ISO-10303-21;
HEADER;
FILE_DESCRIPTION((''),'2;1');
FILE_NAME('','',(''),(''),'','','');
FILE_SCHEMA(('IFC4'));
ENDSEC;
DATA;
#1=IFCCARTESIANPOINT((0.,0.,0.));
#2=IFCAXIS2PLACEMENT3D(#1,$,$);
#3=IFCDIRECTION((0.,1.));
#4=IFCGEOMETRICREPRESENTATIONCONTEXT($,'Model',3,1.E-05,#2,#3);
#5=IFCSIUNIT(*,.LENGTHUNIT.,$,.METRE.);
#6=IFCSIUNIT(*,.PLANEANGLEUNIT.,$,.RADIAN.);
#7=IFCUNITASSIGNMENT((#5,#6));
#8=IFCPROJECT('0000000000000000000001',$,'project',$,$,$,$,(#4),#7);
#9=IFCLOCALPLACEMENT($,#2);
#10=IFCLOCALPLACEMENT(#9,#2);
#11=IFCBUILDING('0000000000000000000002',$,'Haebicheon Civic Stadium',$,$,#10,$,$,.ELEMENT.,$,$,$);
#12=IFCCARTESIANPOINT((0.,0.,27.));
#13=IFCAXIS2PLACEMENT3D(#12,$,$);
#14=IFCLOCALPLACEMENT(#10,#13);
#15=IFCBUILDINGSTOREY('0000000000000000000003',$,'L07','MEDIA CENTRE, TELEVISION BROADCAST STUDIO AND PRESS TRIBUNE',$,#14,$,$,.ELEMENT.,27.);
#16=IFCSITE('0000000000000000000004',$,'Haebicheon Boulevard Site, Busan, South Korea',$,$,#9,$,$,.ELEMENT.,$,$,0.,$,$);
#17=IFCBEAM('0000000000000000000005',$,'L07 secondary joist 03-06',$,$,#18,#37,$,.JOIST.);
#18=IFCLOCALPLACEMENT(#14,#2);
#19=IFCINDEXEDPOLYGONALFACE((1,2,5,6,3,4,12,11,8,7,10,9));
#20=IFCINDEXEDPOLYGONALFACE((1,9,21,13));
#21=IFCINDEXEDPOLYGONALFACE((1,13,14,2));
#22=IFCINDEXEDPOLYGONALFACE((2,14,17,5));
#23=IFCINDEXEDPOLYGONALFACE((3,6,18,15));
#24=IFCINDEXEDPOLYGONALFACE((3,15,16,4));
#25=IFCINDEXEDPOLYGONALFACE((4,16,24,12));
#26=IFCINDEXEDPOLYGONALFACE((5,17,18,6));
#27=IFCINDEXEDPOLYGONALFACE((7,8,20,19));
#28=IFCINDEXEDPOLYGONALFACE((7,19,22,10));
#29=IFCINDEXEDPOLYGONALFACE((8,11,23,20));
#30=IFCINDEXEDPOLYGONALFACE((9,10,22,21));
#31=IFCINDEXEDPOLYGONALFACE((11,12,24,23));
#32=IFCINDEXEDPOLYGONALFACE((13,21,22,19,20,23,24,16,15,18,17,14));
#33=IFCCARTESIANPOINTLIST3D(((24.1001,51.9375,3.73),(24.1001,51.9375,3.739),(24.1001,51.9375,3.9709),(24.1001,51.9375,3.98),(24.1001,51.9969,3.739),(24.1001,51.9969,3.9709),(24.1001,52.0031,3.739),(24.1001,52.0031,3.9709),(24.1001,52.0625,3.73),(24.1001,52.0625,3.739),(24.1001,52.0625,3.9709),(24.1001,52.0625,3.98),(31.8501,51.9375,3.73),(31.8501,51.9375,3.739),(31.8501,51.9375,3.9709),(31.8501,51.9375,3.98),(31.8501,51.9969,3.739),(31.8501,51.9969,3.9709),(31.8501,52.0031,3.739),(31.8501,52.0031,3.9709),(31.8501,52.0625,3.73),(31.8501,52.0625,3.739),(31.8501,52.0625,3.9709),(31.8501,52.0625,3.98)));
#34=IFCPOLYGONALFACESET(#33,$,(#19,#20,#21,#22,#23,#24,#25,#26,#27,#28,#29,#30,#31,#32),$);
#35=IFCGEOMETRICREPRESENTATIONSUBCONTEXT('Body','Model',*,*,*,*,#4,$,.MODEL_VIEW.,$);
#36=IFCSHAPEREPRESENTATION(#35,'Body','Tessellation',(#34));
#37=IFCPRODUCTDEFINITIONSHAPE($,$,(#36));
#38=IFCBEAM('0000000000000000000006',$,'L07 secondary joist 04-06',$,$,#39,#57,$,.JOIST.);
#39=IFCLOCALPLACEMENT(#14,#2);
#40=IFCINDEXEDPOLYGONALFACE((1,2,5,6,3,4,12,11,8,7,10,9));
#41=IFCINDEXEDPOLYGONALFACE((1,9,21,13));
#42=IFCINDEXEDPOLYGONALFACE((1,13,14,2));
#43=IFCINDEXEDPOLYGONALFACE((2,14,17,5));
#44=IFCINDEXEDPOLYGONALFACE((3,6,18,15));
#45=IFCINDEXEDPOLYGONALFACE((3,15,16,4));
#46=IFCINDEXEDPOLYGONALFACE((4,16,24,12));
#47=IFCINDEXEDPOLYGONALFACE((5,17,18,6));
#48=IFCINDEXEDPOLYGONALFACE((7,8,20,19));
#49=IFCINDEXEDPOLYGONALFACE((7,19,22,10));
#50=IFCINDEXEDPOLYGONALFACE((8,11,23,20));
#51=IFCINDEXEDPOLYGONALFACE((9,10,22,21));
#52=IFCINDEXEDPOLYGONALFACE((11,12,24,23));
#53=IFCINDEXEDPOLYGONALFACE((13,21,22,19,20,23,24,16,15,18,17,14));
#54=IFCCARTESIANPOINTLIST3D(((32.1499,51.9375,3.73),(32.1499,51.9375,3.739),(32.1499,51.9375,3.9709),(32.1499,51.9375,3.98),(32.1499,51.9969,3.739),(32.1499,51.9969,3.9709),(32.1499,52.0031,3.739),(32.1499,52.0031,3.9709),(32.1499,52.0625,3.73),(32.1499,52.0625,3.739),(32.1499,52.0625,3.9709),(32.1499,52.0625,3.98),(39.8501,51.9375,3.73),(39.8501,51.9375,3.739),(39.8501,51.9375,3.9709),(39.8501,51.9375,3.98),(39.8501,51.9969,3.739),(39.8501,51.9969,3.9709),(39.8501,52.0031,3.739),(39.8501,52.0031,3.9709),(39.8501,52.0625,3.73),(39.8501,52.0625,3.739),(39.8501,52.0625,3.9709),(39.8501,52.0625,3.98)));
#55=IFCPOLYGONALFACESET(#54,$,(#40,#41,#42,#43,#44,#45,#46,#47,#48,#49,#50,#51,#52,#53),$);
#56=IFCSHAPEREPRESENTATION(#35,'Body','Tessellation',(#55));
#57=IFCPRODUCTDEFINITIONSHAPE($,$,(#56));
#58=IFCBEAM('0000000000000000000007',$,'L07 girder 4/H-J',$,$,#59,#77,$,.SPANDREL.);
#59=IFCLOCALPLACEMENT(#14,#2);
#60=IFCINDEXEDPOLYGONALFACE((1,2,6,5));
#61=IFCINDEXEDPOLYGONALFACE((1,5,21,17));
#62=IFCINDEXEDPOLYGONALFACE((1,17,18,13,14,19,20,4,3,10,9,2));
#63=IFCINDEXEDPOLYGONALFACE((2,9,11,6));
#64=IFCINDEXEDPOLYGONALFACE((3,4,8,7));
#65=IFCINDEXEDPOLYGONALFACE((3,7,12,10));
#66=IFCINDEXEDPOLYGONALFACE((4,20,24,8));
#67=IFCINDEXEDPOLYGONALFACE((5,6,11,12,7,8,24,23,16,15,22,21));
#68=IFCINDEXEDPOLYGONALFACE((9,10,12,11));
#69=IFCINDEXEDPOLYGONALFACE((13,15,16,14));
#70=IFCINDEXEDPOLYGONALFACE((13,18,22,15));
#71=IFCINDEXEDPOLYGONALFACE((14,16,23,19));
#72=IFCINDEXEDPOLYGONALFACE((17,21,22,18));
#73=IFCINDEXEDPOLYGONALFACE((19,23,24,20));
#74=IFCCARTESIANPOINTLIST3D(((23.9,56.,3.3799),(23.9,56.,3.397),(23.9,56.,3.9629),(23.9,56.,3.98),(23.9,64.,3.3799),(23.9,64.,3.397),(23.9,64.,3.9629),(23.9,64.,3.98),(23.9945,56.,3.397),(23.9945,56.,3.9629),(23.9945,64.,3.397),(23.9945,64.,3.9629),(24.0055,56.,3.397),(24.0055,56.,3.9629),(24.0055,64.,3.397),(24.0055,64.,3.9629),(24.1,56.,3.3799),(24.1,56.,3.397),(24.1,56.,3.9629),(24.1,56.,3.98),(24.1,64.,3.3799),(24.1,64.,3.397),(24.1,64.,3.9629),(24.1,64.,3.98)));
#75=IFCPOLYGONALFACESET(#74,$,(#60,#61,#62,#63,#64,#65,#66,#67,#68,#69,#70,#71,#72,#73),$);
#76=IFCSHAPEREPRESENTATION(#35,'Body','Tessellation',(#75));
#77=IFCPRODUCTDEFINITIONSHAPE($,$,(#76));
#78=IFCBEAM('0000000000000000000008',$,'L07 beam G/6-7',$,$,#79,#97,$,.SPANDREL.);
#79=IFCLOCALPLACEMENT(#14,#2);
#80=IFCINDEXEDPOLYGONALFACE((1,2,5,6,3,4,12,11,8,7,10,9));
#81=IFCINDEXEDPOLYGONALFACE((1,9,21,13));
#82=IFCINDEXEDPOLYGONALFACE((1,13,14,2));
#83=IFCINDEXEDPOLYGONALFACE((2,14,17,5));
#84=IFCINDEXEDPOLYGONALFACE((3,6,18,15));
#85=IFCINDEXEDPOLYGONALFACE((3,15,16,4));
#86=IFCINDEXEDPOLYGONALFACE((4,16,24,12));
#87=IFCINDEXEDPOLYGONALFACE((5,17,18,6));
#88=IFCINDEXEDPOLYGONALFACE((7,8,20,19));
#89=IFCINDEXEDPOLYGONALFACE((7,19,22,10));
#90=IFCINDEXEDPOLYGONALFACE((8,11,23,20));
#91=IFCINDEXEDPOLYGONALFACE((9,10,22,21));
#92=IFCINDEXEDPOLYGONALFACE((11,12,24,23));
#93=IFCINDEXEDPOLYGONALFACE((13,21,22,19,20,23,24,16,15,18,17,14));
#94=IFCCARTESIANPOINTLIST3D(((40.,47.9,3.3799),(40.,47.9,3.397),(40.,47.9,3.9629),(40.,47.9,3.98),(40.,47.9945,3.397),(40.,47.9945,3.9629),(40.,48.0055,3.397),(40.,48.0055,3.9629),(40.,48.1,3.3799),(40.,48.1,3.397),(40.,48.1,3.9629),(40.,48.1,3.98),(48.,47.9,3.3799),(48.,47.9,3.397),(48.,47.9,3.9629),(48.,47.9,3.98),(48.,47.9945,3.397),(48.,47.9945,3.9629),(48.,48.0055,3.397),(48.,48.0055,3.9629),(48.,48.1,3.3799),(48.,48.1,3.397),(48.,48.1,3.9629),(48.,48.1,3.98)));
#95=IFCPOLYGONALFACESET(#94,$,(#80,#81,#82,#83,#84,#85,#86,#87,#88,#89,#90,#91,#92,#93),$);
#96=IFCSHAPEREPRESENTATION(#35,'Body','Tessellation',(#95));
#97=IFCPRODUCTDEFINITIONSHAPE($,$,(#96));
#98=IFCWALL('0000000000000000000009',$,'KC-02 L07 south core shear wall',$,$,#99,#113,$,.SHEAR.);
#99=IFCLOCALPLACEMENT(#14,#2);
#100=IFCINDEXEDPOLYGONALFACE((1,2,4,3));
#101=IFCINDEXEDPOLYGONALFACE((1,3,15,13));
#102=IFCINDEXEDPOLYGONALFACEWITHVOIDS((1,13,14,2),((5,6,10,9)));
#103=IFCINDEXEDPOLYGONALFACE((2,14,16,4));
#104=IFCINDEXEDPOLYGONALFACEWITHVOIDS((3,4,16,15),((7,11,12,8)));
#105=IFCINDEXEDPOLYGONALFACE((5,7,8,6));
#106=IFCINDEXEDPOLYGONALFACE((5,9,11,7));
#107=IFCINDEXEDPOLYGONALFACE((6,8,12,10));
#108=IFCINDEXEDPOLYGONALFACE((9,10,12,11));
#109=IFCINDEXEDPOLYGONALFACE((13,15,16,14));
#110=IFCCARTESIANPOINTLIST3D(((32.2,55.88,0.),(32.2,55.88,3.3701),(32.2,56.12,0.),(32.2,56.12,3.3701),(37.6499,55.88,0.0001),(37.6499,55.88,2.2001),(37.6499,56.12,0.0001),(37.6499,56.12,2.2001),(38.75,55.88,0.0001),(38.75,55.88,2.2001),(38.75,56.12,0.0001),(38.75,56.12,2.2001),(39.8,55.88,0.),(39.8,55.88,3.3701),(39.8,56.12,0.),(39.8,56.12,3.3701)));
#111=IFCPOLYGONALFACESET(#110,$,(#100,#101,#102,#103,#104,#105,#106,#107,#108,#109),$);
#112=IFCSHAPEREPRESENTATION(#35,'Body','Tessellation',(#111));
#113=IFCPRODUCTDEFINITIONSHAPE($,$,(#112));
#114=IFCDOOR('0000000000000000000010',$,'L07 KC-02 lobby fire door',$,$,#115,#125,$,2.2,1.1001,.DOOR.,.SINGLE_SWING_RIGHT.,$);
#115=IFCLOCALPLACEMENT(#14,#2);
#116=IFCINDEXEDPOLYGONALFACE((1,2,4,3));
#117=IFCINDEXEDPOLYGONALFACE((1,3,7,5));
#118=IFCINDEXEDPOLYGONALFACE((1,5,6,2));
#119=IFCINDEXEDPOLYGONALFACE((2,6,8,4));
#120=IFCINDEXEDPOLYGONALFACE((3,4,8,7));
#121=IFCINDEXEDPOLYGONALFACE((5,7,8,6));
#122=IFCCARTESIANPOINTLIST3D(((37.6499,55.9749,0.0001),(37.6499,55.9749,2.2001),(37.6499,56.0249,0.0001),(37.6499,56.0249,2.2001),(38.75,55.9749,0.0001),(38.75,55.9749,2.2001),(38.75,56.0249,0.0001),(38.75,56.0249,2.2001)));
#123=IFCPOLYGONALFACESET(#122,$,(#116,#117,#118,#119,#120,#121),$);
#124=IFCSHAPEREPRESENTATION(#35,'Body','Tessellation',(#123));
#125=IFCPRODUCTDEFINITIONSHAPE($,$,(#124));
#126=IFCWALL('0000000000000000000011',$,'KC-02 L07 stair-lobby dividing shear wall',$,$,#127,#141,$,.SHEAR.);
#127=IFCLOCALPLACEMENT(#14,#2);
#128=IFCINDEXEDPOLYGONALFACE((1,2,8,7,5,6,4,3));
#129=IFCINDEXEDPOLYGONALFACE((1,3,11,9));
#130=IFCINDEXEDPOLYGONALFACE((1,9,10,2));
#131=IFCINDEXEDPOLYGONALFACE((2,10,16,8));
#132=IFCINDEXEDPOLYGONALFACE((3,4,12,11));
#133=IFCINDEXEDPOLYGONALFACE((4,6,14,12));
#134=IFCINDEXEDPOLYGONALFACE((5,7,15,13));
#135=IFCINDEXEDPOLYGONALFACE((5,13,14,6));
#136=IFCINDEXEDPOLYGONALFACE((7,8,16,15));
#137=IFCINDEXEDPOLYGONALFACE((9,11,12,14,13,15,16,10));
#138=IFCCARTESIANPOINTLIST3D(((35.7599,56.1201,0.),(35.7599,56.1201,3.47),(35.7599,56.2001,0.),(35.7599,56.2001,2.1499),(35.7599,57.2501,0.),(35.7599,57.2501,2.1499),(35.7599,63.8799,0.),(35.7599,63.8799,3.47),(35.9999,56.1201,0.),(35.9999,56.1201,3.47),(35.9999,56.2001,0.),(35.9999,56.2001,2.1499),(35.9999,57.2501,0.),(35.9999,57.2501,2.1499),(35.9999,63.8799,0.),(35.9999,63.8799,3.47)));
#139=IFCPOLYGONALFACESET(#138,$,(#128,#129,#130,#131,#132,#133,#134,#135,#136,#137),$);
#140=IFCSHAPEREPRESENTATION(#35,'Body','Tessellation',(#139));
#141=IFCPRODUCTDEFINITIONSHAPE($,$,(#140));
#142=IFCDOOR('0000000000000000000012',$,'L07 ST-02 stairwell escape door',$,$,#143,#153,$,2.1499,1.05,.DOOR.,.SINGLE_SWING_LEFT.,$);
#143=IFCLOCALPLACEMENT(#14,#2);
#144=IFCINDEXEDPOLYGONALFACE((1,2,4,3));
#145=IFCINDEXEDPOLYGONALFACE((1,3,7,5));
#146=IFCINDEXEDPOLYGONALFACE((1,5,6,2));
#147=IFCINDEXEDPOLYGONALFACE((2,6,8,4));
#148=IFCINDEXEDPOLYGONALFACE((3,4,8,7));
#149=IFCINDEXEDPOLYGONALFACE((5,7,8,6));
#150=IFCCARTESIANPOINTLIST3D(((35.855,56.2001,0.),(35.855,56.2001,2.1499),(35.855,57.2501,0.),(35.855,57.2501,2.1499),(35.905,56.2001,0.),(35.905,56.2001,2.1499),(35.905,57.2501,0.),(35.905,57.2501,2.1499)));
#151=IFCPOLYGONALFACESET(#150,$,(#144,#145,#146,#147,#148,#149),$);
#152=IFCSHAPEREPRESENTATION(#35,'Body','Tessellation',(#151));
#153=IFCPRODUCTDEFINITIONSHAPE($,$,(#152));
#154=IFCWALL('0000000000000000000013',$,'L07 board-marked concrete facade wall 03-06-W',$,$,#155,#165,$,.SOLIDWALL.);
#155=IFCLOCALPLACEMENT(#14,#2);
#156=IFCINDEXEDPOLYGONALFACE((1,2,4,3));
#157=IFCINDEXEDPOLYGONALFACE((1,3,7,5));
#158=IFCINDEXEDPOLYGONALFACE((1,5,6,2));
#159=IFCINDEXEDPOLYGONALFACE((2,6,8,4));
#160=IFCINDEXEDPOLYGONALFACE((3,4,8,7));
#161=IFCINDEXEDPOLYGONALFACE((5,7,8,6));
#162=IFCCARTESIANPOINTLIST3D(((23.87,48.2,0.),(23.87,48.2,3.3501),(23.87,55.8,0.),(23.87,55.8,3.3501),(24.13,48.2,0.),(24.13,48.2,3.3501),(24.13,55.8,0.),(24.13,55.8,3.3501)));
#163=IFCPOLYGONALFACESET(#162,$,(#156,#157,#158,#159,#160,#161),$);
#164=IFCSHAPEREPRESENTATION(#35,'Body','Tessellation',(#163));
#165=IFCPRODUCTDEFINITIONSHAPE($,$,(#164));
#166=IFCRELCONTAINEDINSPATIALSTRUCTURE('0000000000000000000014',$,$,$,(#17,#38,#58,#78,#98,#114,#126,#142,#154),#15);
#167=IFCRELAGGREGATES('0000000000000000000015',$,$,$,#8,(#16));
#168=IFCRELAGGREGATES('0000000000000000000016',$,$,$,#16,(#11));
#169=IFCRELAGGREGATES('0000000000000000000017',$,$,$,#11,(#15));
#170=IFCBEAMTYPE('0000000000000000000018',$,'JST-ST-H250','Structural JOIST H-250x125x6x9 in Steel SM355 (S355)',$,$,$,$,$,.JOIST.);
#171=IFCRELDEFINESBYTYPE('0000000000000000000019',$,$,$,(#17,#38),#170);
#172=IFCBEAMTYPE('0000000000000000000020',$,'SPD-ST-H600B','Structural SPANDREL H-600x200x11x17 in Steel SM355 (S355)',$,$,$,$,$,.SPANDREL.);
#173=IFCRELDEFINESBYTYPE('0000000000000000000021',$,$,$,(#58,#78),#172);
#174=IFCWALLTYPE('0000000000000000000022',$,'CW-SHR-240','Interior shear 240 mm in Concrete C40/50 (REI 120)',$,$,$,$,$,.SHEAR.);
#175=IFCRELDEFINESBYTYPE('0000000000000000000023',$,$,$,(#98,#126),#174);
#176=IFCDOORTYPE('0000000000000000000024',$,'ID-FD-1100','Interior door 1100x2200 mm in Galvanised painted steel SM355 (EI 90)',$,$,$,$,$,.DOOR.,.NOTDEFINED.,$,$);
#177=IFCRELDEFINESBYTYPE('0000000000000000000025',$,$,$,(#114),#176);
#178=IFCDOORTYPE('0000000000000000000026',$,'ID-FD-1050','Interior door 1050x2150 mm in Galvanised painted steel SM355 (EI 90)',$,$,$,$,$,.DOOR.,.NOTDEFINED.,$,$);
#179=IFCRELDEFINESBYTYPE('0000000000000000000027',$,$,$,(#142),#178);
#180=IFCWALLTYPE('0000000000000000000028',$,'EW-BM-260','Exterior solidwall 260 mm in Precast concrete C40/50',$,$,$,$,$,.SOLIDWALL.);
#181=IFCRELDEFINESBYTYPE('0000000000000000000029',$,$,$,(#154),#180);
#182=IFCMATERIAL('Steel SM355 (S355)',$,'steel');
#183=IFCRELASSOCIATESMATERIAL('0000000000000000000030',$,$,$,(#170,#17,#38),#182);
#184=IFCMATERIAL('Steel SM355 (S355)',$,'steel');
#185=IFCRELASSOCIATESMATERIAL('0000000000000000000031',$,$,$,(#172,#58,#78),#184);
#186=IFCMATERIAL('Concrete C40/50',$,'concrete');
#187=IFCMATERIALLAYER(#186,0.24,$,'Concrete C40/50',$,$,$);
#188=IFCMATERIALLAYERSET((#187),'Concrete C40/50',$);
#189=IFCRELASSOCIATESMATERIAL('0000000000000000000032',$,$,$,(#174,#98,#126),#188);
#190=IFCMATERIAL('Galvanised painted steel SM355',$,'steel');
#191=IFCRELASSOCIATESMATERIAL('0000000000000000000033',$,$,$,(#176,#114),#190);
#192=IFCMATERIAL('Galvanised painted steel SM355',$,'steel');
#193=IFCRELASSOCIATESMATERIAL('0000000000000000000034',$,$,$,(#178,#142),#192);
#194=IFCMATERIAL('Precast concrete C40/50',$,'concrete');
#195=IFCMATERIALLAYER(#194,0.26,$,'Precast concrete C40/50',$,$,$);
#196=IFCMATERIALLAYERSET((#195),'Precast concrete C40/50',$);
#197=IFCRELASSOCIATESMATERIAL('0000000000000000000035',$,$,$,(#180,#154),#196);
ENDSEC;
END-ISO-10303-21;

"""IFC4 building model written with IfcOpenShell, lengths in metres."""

from ifc_helpers import new_model, si_unit, direction, frame, frame_2d, origin, origin_2d, place, context, subcontext, project, spatial, rectangle, i_section, extrude, material, layer, layer_set, material_profile, profile_set, type_object, element, fill, save


model = new_model("IFC4")

# Units and contexts
model_context = context("Model", 3, precision=1e-05, world=origin(), true_north=direction((0.0, 1.0)))
body_context = subcontext(model_context, "Body", "Model", "MODEL_VIEW")
ifc_project = project(units=[si_unit("LENGTHUNIT", "METRE"), si_unit("PLANEANGLEUNIT", "RADIAN")], contexts=[model_context])

# Site, building, storey
site_placement = place(None, origin())
site = spatial("IfcSite", under=ifc_project, at=site_placement, Name="Haebicheon Boulevard Site, Busan, South Korea", CompositionType="ELEMENT", RefElevation=0.0)
building_placement = place(site_placement, origin())
building = spatial("IfcBuilding", under=site, at=building_placement, Name="Haebicheon Civic Stadium", CompositionType="ELEMENT")
storey_placement = place(building_placement, frame((0.0, 0.0, 27.0)))
storey = spatial("IfcBuildingStorey", under=building, at=storey_placement, Name="L07", Description="MEDIA CENTRE, TELEVISION BROADCAST STUDIO AND PRESS TRIBUNE", CompositionType="ELEMENT", Elevation=27.0)

# Beams
ifc_material_1 = material(Name="Steel SM355 (S355)", Category="steel")
ifc_material_profile_1 = material_profile(ifc_material_1, i_section(OverallWidth=0.125, OverallDepth=0.25, WebThickness=0.0061, FlangeThickness=0.009, at=origin_2d()), Name="H-250x125x6x9")
ifc_profile_set_1 = profile_set([ifc_material_profile_1], Name="Steel SM355 (S355)")
beam_type_1 = type_object("IfcBeamType", Name="JST-ST-H250", Description="Structural JOIST H-250x125x6x9 in Steel SM355 (S355)", PredefinedType="JOIST", material=ifc_profile_set_1)
beam_1_placement = place(storey_placement, frame((24.1001, 52.0, 3.855), z_axis=(1.0, 0.0, 0.0), x_axis=(0.0, 1.0, 0.0)))
element("IfcBeam", 1, at=beam_1_placement, inside=storey, type_object=beam_type_1, material=ifc_profile_set_1, Name="L07 secondary joist 03-06", PredefinedType="JOIST", context=body_context, shape_type="SweptSolid", body=[
    extrude(i_section(OverallWidth=0.125, OverallDepth=0.25, WebThickness=0.0061, FlangeThickness=0.009, at=origin_2d()), origin(), (0.0, 0.0, 1.0), 7.75),
])
beam_2_placement = place(storey_placement, frame((32.1499, 52.0, 3.855), z_axis=(1.0, 0.0, 0.0), x_axis=(0.0, 1.0, 0.0)))
element("IfcBeam", 2, at=beam_2_placement, inside=storey, type_object=beam_type_1, material=ifc_profile_set_1, Name="L07 secondary joist 04-06", PredefinedType="JOIST", context=body_context, shape_type="SweptSolid", body=[
    extrude(i_section(OverallWidth=0.125, OverallDepth=0.25, WebThickness=0.0061, FlangeThickness=0.009, at=origin_2d()), origin(), (0.0, 0.0, 1.0), 7.7002),
])
ifc_material_2 = material(Name="Steel SM355 (S355)", Category="steel")
ifc_material_profile_2 = material_profile(ifc_material_2, i_section(OverallWidth=0.2, OverallDepth=0.6001, WebThickness=0.011, FlangeThickness=0.0171, at=origin_2d()), Name="H-600x200x11x17")
ifc_profile_set_2 = profile_set([ifc_material_profile_2], Name="Steel SM355 (S355)")
beam_type_2 = type_object("IfcBeamType", Name="SPD-ST-H600B", Description="Structural SPANDREL H-600x200x11x17 in Steel SM355 (S355)", PredefinedType="SPANDREL", material=ifc_profile_set_2)
for number, where, z_axis, x_axis, name in (
    (3, (24.0, 56.0, 3.6799), (0.0, 1.0, 0.0), (-1.0, 0.0, 0.0), "L07 girder 4/H-J"),
    (4, (40.0, 48.0, 3.6799), (1.0, 0.0, 0.0), (0.0, 1.0, 0.0), "L07 beam G/6-7"),
):
    element("IfcBeam", number, at=place(storey_placement, frame(where, z_axis=z_axis, x_axis=x_axis)), inside=storey, type_object=beam_type_2, material=ifc_profile_set_2, Name=name, PredefinedType="SPANDREL", context=body_context, shape_type="SweptSolid", body=[
        extrude(i_section(OverallWidth=0.2, OverallDepth=0.6001, WebThickness=0.011, FlangeThickness=0.0171, at=origin_2d()), origin(), (0.0, 0.0, 1.0), 8.0),
    ])

# Walls, openings, doors
ifc_material_3 = material(Name="Concrete C40/50", Category="concrete")
ifc_layer_1 = layer(ifc_material_3, 0.24, Name="Concrete C40/50")
ifc_layer_set_1 = layer_set([ifc_layer_1], Name="Concrete C40/50")
wall_type_1 = type_object("IfcWallType", Name="CW-SHR-240", Description="Interior shear 240 mm in Concrete C40/50 (REI 120)", PredefinedType="SHEAR", material=ifc_layer_set_1)
wall_1_placement = place(storey_placement, frame((32.2, 56.0, 0.0), z_axis=(0.0, 0.0, 1.0), x_axis=(1.0, 0.0, 0.0)))
wall_1 = element("IfcWall", 5, at=wall_1_placement, inside=storey, type_object=wall_type_1, material=ifc_layer_set_1, Name="KC-02 L07 south core shear wall", PredefinedType="SHEAR", context=body_context, shape_type="SweptSolid", body=[
    extrude(rectangle(XDim=7.6001, YDim=0.24, at=frame_2d((3.8, 0.0))), origin(), (0.0, 0.0, 1.0), 3.3701),
])
opening_1_placement = place(wall_1_placement, frame((5.45, 0.0, 0.0)))
opening_1 = element("IfcOpeningElement", 6, at=opening_1_placement, cuts=wall_1, PredefinedType="OPENING", context=body_context, shape_type="SweptSolid", body=[
    extrude(rectangle(XDim=1.1001, YDim=2.2, at=frame_2d((0.55, 1.1001))), frame((0.0, 0.1299, 0.0), z_axis=(0.0, -1.0, 0.0), x_axis=(1.0, 0.0, 0.0)), (0.0, 0.0, 1.0), 0.26),
])
ifc_material_4 = material(Name="Galvanised painted steel SM355", Category="steel")
door_type_1 = type_object("IfcDoorType", Name="ID-FD-1100", Description="Interior door 1100x2200 mm in Galvanised painted steel SM355 (EI 90)", OperationType="NOTDEFINED", PredefinedType="DOOR", material=ifc_material_4)
door_1_placement = place(opening_1_placement, origin())
door_1 = element("IfcDoor", 7, at=door_1_placement, inside=storey, type_object=door_type_1, material=ifc_material_4, Name="L07 KC-02 lobby fire door", OperationType="SINGLE_SWING_RIGHT", OverallHeight=2.2, OverallWidth=1.1001, PredefinedType="DOOR", context=body_context, shape_type="SweptSolid", body=[
    extrude(rectangle(XDim=1.1001, YDim=2.2, at=frame_2d((0.55, 1.1001))), frame((0.0, 0.0249, 0.0), z_axis=(0.0, -1.0, 0.0), x_axis=(1.0, 0.0, 0.0)), (0.0, 0.0, 1.0), 0.05),
])
fill(opening_1, door_1)
wall_2_placement = place(storey_placement, frame((35.8799, 56.1201, 0.0), z_axis=(0.0, 0.0, 1.0), x_axis=(0.0, 1.0, 0.0)))
wall_2 = element("IfcWall", 8, at=wall_2_placement, inside=storey, type_object=wall_type_1, material=ifc_layer_set_1, Name="KC-02 L07 stair-lobby dividing shear wall", PredefinedType="SHEAR", context=body_context, shape_type="SweptSolid", body=[
    extrude(rectangle(XDim=7.7598, YDim=0.24, at=frame_2d((3.8799, 0.0))), origin(), (0.0, 0.0, 1.0), 3.47),
])
opening_2_placement = place(wall_2_placement, frame((0.0801, 0.0, 0.0)))
opening_2 = element("IfcOpeningElement", 9, at=opening_2_placement, cuts=wall_2, PredefinedType="OPENING", context=body_context, shape_type="SweptSolid", body=[
    extrude(rectangle(XDim=1.05, YDim=2.1499, at=frame_2d((0.5249, 1.075))), frame((0.0, 0.1299, 0.0), z_axis=(0.0, -1.0, 0.0), x_axis=(1.0, 0.0, 0.0)), (0.0, 0.0, 1.0), 0.26),
])
ifc_material_5 = material(Name="Galvanised painted steel SM355", Category="steel")
door_type_2 = type_object("IfcDoorType", Name="ID-FD-1050", Description="Interior door 1050x2150 mm in Galvanised painted steel SM355 (EI 90)", OperationType="NOTDEFINED", PredefinedType="DOOR", material=ifc_material_5)
door_2_placement = place(opening_2_placement, origin())
door_2 = element("IfcDoor", 10, at=door_2_placement, inside=storey, type_object=door_type_2, material=ifc_material_5, Name="L07 ST-02 stairwell escape door", OperationType="SINGLE_SWING_LEFT", OverallHeight=2.1499, OverallWidth=1.05, PredefinedType="DOOR", context=body_context, shape_type="SweptSolid", body=[
    extrude(rectangle(XDim=1.05, YDim=2.1499, at=frame_2d((0.5249, 1.075))), frame((0.0, 0.0249, 0.0), z_axis=(0.0, -1.0, 0.0), x_axis=(1.0, 0.0, 0.0)), (0.0, 0.0, 1.0), 0.05),
])
fill(opening_2, door_2)

# Wall
ifc_material_6 = material(Name="Precast concrete C40/50", Category="concrete")
ifc_layer_2 = layer(ifc_material_6, 0.26, Name="Precast concrete C40/50")
ifc_layer_set_2 = layer_set([ifc_layer_2], Name="Precast concrete C40/50")
wall_type_2 = type_object("IfcWallType", Name="EW-BM-260", Description="Exterior solidwall 260 mm in Precast concrete C40/50", PredefinedType="SOLIDWALL", material=ifc_layer_set_2)
wall_3_placement = place(storey_placement, frame((24.0, 48.2, 0.0), z_axis=(0.0, 0.0, 1.0), x_axis=(0.0, 1.0, 0.0)))
element("IfcWall", 11, at=wall_3_placement, inside=storey, type_object=wall_type_2, material=ifc_layer_set_2, Name="L07 board-marked concrete facade wall 03-06-W", PredefinedType="SOLIDWALL", context=body_context, shape_type="SweptSolid", body=[
    extrude(rectangle(XDim=7.6001, YDim=0.26, at=frame_2d((3.8, 0.0))), origin(), (0.0, 0.0, 1.0), 3.3501),
])

save(model, "model.ifc")
